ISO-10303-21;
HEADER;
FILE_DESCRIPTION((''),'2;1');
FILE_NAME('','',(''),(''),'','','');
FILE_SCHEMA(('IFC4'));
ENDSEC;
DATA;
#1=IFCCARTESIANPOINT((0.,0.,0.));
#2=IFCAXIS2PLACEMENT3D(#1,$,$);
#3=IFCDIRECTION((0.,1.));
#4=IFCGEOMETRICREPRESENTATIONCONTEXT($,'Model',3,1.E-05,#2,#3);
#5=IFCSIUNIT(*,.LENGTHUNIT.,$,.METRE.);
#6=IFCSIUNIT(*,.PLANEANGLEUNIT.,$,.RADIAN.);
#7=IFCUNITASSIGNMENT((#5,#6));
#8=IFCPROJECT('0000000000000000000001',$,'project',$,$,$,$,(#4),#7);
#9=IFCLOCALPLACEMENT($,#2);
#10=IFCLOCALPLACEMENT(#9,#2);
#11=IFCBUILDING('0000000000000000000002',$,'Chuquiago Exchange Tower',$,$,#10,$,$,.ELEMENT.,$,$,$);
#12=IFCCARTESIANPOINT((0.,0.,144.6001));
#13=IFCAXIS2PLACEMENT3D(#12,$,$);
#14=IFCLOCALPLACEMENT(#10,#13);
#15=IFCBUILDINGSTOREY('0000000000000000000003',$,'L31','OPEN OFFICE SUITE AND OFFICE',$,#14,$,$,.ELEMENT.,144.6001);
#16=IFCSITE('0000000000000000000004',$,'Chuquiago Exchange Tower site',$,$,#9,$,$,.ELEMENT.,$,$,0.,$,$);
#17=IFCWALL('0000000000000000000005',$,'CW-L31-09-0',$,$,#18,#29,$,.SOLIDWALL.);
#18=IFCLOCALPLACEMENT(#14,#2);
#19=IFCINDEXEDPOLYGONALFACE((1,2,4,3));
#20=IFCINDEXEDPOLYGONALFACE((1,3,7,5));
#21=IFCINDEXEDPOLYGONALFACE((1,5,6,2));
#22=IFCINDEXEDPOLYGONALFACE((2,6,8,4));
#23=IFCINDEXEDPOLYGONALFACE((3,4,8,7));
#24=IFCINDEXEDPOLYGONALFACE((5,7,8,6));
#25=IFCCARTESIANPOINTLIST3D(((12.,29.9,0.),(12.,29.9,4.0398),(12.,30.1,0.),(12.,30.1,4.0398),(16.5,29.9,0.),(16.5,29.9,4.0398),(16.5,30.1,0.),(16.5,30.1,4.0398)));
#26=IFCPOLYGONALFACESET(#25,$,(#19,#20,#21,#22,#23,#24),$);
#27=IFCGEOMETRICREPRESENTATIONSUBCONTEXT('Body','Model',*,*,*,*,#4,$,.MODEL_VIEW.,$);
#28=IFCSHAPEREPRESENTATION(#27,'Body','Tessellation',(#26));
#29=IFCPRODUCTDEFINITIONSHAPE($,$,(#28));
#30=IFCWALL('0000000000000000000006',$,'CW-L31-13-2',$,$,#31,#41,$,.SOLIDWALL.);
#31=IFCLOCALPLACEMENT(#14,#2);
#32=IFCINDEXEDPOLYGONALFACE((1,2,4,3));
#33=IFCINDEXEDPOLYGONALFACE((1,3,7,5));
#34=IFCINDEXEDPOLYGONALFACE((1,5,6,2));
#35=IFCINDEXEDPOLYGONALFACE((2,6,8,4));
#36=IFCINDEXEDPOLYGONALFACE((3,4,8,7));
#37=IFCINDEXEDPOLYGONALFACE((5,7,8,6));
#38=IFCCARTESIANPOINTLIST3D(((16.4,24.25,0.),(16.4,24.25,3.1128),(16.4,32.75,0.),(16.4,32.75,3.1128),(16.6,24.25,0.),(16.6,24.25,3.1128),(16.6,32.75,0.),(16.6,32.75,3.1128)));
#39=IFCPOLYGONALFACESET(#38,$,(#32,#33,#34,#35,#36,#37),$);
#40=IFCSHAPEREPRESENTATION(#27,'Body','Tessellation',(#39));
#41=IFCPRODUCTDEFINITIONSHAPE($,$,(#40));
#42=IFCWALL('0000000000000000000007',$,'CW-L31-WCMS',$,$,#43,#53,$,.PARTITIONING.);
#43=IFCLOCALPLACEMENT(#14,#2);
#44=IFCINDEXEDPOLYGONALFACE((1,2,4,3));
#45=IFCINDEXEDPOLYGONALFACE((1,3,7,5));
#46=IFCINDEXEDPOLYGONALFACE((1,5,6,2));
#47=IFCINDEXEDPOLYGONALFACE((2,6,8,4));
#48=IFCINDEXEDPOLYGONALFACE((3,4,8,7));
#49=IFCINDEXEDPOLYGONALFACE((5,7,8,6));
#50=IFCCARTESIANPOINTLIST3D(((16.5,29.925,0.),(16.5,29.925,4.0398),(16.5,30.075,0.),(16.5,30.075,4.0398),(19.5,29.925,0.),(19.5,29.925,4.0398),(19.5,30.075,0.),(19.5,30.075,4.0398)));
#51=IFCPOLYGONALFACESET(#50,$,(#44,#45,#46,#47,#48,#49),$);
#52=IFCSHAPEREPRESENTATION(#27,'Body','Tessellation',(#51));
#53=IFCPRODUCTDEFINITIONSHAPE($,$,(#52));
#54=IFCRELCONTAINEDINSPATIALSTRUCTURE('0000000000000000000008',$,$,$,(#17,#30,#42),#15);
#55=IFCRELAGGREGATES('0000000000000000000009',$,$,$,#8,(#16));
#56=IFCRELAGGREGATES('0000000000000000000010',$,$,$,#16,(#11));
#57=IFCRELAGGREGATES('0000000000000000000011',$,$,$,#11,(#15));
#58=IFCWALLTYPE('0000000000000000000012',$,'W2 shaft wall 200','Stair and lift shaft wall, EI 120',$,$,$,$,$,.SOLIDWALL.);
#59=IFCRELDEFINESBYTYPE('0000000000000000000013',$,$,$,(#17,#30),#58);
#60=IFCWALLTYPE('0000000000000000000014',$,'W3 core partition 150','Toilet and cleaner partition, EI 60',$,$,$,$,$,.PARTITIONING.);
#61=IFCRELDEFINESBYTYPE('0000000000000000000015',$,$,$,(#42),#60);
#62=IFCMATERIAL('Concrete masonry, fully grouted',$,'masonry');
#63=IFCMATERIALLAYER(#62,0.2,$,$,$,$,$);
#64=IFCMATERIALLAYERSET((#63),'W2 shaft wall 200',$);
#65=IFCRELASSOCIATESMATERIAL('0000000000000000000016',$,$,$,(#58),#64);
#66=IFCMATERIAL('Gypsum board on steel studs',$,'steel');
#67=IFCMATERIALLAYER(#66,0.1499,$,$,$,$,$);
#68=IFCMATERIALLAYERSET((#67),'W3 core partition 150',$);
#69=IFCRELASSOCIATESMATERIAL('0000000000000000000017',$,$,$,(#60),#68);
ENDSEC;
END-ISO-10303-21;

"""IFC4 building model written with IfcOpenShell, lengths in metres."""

from ifc_helpers import new_model, si_unit, direction, frame, frame_2d, origin, place, context, subcontext, project, spatial, rectangle, extrude, material, layer, layer_set, type_object, element, save


model = new_model("IFC4")

# Units and contexts
model_context = context("Model", 3, precision=1e-05, world=origin(), true_north=direction((0.0, 1.0)))
body_context = subcontext(model_context, "Body", "Model", "MODEL_VIEW")
ifc_project = project(units=[si_unit("LENGTHUNIT", "METRE"), si_unit("PLANEANGLEUNIT", "RADIAN")], contexts=[model_context])

# Site, building, storey
site_placement = place(None, origin())
site = spatial("IfcSite", under=ifc_project, at=site_placement, Name="Chuquiago Exchange Tower site", CompositionType="ELEMENT", RefElevation=0.0)
building_placement = place(site_placement, origin())
building = spatial("IfcBuilding", under=site, at=building_placement, Name="Chuquiago Exchange Tower", CompositionType="ELEMENT")
storey_placement = place(building_placement, frame((0.0, 0.0, 144.6001)))
storey = spatial("IfcBuildingStorey", under=building, at=storey_placement, Name="L31", Description="OPEN OFFICE SUITE AND OFFICE", CompositionType="ELEMENT", Elevation=144.6001)

# Shared definitions
ifc_material_1 = material(Name="Concrete masonry, fully grouted", Category="masonry")
ifc_layer_1 = layer(ifc_material_1, 0.2)
ifc_layer_set_1 = layer_set([ifc_layer_1], Name="W2 shaft wall 200")
wall_type_1 = type_object("IfcWallType", Name="W2 shaft wall 200", Description="Stair and lift shaft wall, EI 120", PredefinedType="SOLIDWALL", material=ifc_layer_set_1)

# Walls
wall_1_placement = place(storey_placement, frame((12.0, 30.0, 0.0), z_axis=(0.0, 0.0, 1.0), x_axis=(1.0, 0.0, 0.0)))
element("IfcWall", 1, at=wall_1_placement, inside=storey, type_object=wall_type_1, Name="CW-L31-09-0", PredefinedType="SOLIDWALL", context=body_context, shape_type="SweptSolid", body=[
    extrude(rectangle(XDim=4.5, YDim=0.2, at=frame_2d((2.25, 0.0))), origin(), (0.0, 0.0, 1.0), 4.0398),
])
wall_2_placement = place(storey_placement, frame((16.5, 24.25, 0.0), z_axis=(0.0, 0.0, 1.0), x_axis=(0.0, 1.0, 0.0)))
element("IfcWall", 2, at=wall_2_placement, inside=storey, type_object=wall_type_1, Name="CW-L31-13-2", PredefinedType="SOLIDWALL", context=body_context, shape_type="SweptSolid", body=[
    extrude(rectangle(XDim=8.5, YDim=0.2, at=frame_2d((4.25, 0.0))), origin(), (0.0, 0.0, 1.0), 3.1128),
])
ifc_material_2 = material(Name="Gypsum board on steel studs", Category="steel")
ifc_layer_2 = layer(ifc_material_2, 0.1499)
ifc_layer_set_2 = layer_set([ifc_layer_2], Name="W3 core partition 150")
wall_type_2 = type_object("IfcWallType", Name="W3 core partition 150", Description="Toilet and cleaner partition, EI 60", PredefinedType="PARTITIONING", material=ifc_layer_set_2)
wall_3_placement = place(storey_placement, frame((16.5, 30.0, 0.0), z_axis=(0.0, 0.0, 1.0), x_axis=(1.0, 0.0, 0.0)))
element("IfcWall", 3, at=wall_3_placement, inside=storey, type_object=wall_type_2, Name="CW-L31-WCMS", PredefinedType="PARTITIONING", context=body_context, shape_type="SweptSolid", body=[
    extrude(rectangle(XDim=3.0, YDim=0.1499, at=frame_2d((1.5, 0.0))), origin(), (0.0, 0.0, 1.0), 4.0398),
])

save(model, "model.ifc")
